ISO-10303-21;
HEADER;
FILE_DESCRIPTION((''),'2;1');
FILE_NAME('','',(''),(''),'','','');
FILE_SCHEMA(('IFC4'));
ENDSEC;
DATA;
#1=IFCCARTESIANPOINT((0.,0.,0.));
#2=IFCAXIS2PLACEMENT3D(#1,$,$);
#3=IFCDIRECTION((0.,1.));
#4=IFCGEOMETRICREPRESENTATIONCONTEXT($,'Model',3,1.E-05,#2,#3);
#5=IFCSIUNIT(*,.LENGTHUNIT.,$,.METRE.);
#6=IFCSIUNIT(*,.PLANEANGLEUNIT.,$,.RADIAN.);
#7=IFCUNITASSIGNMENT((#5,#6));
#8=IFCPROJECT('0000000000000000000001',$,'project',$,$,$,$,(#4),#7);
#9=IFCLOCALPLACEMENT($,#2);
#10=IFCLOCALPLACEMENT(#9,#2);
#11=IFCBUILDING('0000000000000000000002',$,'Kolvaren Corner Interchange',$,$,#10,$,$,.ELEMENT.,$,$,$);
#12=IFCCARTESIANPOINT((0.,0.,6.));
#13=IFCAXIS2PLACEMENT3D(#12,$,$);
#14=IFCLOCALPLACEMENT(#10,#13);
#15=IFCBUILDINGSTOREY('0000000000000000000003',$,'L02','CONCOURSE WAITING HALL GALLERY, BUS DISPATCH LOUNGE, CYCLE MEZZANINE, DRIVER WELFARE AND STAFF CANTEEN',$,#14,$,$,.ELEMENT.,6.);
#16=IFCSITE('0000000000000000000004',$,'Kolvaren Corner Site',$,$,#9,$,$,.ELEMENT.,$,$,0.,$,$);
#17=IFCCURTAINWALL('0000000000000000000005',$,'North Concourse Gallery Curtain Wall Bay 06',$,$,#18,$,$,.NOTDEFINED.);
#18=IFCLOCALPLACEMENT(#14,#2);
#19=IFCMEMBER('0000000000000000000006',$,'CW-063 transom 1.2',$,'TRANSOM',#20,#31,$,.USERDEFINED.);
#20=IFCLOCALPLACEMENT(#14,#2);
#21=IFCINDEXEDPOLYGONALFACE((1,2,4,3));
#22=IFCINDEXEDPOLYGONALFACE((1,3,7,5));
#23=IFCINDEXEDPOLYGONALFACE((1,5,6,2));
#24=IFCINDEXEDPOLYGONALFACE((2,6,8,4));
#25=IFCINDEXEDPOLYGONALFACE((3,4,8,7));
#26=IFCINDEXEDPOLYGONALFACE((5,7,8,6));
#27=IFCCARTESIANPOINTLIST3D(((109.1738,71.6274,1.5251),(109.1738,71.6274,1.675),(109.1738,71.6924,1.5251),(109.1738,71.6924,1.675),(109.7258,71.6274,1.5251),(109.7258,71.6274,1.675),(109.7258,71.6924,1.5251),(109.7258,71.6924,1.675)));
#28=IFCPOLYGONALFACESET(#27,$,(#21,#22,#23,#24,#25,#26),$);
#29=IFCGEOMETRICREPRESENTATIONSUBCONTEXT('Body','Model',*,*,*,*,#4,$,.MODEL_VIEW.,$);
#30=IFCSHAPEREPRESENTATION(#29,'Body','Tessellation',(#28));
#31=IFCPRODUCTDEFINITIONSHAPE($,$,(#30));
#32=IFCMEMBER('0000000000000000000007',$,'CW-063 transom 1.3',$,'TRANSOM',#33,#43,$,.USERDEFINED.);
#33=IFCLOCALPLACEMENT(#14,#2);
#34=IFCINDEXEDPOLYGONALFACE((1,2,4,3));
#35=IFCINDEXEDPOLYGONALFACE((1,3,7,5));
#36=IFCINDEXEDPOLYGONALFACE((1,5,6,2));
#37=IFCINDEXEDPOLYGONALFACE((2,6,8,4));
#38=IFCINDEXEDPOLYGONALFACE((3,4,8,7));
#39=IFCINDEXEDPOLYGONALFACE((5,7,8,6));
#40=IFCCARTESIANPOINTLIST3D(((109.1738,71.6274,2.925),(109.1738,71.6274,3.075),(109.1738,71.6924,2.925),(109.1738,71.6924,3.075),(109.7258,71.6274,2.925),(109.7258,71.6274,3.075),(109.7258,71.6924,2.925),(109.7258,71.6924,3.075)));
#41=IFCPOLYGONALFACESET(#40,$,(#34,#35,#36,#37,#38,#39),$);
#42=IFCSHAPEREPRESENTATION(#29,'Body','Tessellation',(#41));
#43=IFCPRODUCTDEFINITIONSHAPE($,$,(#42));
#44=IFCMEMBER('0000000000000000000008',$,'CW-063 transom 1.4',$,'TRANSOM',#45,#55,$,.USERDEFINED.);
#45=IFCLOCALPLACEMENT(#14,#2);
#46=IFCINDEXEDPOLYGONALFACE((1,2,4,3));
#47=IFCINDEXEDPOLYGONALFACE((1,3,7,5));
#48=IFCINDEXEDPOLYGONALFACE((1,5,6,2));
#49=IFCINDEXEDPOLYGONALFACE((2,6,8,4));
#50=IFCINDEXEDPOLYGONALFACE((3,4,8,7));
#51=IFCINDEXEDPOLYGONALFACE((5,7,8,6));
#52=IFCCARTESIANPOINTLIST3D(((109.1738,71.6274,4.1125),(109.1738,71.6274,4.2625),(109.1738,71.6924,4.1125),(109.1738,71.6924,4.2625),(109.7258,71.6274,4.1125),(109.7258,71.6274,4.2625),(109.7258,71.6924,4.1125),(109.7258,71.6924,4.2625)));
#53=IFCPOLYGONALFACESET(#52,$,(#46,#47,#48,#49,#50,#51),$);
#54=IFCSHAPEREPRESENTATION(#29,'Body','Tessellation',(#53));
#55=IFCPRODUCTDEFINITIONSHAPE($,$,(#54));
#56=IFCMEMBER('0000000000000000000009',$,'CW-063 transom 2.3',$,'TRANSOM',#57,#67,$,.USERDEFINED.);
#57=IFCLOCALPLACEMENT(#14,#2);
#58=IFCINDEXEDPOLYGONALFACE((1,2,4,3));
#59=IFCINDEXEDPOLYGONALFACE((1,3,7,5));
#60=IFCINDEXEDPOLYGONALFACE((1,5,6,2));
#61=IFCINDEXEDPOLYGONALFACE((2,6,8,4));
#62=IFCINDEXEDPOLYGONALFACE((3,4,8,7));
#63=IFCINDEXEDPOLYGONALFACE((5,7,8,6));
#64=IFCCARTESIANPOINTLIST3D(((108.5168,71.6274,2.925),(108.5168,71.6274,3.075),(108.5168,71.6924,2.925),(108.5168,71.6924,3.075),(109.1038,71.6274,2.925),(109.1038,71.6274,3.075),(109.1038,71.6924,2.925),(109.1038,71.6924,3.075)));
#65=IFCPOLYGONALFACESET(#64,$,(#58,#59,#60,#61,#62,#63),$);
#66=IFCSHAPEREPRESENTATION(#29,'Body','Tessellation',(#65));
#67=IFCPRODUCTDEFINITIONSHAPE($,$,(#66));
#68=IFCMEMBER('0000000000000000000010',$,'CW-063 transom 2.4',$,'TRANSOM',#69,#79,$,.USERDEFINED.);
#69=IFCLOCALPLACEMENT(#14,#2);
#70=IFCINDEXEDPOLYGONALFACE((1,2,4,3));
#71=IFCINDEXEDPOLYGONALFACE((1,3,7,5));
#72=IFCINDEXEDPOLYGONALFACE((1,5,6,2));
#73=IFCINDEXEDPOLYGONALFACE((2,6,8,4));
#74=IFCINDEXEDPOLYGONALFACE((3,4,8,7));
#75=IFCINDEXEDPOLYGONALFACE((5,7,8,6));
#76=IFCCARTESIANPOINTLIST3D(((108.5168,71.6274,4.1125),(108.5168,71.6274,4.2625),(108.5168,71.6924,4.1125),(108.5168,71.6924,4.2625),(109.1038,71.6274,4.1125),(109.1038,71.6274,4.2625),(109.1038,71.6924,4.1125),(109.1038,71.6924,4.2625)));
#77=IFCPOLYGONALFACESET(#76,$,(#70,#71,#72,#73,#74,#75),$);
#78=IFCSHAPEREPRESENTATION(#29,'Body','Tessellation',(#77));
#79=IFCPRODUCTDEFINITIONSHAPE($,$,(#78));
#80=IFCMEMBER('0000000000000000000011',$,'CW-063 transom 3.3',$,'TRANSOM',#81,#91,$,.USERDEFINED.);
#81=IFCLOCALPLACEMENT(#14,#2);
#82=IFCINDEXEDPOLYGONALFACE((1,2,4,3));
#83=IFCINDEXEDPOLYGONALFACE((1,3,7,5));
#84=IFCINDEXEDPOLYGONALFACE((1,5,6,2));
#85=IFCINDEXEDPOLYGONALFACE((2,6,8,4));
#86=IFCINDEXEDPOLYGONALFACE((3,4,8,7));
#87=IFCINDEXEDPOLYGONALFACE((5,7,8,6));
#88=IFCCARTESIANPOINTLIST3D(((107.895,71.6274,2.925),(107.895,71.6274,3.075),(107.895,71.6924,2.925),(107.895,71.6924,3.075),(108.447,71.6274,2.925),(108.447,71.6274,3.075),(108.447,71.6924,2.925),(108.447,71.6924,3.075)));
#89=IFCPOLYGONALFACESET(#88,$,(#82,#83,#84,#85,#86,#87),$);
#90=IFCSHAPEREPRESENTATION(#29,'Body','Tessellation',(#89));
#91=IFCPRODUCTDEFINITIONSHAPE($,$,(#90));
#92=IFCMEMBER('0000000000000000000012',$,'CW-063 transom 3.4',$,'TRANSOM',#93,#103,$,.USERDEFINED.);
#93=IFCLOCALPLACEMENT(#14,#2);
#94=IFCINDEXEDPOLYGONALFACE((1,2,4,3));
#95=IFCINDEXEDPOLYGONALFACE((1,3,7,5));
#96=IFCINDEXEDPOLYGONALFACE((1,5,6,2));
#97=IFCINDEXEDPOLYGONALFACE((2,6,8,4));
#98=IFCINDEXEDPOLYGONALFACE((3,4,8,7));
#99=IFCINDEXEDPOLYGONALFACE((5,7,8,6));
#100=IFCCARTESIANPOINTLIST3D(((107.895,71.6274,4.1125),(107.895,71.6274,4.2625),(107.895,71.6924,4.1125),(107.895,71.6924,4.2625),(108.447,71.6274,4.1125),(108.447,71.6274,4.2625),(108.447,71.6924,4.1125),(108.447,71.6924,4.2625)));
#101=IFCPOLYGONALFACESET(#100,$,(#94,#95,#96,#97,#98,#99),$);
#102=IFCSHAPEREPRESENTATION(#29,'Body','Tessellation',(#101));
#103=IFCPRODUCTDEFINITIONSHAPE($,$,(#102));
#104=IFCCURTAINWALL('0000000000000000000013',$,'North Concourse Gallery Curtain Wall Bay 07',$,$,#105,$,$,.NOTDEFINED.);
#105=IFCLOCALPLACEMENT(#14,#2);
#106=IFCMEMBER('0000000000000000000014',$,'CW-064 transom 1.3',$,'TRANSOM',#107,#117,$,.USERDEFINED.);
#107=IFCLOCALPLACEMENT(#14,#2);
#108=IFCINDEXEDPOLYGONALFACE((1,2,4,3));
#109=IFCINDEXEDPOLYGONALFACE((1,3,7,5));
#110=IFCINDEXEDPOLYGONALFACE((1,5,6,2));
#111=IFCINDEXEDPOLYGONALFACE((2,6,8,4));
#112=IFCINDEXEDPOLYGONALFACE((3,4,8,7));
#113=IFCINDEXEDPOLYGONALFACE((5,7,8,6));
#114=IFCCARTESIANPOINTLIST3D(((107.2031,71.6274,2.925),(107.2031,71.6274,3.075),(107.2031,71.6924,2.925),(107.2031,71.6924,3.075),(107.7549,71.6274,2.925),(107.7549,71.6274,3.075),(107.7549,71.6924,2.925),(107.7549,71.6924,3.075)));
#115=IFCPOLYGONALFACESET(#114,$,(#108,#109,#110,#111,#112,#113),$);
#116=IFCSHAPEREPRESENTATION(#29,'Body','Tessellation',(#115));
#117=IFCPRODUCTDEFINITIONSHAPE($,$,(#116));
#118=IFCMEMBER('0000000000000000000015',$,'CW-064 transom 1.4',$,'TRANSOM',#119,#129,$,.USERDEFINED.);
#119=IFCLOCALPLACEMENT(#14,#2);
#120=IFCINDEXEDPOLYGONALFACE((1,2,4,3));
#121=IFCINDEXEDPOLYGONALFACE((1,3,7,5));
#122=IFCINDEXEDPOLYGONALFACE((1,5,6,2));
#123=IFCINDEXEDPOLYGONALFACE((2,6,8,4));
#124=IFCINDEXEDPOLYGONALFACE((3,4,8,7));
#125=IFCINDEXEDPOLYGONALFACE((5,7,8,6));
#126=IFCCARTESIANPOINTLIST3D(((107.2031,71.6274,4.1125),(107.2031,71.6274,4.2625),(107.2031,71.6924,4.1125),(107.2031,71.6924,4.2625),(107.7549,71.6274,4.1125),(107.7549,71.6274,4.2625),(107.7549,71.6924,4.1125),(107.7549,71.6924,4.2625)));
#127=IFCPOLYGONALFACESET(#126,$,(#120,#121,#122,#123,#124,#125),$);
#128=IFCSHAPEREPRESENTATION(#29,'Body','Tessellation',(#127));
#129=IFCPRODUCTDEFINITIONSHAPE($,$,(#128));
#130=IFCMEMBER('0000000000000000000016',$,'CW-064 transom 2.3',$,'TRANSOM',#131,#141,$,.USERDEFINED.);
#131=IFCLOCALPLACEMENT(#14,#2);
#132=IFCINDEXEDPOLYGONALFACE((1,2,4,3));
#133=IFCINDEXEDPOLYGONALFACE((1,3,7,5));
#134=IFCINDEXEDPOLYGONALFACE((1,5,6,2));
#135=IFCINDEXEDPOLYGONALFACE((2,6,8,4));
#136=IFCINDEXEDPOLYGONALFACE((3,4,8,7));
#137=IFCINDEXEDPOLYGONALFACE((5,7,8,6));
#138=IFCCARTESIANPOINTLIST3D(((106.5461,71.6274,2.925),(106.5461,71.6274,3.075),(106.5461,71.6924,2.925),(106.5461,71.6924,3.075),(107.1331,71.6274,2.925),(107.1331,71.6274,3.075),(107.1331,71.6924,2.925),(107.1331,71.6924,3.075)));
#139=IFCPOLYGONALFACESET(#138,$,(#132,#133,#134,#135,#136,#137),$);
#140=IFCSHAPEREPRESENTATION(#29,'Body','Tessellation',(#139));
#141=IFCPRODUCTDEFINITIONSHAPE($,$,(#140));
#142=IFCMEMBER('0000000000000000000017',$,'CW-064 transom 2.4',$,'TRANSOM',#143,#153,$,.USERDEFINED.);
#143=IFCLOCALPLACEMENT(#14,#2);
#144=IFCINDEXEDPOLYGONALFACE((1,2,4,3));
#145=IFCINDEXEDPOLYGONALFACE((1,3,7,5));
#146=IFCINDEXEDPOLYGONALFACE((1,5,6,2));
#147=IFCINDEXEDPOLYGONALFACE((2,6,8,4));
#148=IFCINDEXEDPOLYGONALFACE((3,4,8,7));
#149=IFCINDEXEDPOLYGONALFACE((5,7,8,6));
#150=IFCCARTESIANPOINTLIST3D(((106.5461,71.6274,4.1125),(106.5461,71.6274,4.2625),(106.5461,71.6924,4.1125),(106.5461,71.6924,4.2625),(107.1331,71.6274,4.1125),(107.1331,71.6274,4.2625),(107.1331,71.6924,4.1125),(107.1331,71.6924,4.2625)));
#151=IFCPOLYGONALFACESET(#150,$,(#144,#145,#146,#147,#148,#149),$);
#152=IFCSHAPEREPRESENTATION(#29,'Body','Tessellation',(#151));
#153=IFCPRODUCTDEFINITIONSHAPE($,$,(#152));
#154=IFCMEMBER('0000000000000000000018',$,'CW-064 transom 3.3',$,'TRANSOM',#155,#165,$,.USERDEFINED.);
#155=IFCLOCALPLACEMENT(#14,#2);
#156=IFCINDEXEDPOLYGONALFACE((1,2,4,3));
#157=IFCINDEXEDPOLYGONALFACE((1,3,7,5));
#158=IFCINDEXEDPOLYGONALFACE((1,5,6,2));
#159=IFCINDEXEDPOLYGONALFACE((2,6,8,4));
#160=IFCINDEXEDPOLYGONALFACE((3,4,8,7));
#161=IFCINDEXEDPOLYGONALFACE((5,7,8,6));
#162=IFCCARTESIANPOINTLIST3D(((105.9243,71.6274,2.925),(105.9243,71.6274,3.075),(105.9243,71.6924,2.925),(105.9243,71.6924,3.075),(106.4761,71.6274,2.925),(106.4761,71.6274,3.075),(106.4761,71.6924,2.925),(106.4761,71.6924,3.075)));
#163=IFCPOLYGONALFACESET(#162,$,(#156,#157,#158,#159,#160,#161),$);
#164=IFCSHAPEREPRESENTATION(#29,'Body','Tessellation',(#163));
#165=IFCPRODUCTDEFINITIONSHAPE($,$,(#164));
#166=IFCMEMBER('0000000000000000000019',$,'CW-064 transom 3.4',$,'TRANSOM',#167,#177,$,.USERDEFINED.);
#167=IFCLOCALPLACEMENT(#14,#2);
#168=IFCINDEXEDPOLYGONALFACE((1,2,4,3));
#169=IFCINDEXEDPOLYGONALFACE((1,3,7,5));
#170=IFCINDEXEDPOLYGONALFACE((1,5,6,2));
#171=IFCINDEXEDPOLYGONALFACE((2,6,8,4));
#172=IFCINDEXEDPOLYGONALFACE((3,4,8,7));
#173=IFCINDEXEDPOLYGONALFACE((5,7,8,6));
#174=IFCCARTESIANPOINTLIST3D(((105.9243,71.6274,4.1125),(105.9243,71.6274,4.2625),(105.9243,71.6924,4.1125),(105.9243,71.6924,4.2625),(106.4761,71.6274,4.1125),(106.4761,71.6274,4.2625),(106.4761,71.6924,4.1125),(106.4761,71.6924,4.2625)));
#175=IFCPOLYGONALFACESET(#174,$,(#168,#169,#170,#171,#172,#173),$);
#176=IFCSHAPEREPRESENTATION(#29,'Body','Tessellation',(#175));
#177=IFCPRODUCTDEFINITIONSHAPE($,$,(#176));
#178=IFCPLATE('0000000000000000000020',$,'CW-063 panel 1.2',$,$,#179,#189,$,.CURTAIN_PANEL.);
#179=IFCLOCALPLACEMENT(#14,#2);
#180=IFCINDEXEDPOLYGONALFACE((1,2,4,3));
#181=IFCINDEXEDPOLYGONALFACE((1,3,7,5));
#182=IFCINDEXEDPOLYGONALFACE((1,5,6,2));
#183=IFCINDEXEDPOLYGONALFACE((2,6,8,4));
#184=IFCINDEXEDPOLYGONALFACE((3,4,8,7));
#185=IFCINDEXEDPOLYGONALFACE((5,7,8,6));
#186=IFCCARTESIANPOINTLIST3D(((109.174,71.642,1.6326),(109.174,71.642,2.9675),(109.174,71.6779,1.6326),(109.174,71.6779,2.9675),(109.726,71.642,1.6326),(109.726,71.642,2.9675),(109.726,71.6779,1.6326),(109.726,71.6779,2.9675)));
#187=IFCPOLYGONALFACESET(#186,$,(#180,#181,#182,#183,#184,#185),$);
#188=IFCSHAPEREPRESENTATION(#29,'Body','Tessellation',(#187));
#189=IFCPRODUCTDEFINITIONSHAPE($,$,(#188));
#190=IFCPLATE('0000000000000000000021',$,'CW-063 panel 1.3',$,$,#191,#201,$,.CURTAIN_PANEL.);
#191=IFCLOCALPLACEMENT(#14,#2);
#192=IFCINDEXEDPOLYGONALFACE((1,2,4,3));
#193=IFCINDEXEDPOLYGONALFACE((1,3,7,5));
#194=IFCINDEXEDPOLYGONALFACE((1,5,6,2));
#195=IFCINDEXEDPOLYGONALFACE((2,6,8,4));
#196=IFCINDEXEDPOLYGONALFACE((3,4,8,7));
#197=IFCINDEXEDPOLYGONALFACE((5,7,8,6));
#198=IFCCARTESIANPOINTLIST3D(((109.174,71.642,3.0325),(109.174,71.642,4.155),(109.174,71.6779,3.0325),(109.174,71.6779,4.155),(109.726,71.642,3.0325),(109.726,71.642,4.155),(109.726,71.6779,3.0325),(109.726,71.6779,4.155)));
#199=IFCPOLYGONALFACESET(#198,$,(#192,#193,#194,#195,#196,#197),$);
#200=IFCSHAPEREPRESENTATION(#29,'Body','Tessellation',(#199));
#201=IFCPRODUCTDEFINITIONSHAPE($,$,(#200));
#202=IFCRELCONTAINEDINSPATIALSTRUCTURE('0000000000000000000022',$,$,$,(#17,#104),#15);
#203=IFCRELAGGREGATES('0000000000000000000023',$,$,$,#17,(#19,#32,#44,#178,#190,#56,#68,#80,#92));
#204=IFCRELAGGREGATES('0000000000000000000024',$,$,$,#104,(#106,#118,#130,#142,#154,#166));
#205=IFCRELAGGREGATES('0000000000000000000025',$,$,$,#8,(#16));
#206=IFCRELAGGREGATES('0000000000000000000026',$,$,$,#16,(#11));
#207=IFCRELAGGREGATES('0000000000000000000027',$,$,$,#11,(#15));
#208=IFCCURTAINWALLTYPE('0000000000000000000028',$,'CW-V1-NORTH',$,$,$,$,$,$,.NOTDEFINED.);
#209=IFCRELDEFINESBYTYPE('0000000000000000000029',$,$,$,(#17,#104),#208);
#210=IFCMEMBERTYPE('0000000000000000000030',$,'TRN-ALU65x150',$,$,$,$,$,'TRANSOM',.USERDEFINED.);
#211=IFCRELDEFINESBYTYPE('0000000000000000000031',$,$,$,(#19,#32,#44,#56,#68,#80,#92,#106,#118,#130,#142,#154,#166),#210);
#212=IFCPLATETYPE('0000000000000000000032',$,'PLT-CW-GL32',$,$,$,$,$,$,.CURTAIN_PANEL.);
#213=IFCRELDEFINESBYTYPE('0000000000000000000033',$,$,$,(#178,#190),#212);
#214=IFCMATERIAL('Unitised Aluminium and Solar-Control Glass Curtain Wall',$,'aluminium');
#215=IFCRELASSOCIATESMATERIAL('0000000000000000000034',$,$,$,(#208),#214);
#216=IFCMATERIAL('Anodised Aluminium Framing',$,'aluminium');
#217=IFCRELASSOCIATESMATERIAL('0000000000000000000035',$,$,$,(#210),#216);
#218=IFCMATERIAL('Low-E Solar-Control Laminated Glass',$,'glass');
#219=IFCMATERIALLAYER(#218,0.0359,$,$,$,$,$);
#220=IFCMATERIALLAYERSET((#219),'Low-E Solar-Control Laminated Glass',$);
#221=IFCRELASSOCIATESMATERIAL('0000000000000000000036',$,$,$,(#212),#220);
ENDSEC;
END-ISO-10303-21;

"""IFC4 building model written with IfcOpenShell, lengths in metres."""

from ifc_helpers import new_model, si_unit, direction, frame, origin, origin_2d, place, context, subcontext, project, spatial, rectangle, extrude, material, layer, layer_set, material_profile, profile_set, type_object, element, aggregate, save


model = new_model("IFC4")

# Units and contexts
model_context = context("Model", 3, precision=1e-05, world=origin(), true_north=direction((0.0, 1.0)))
body_context = subcontext(model_context, "Body", "Model", "MODEL_VIEW")
ifc_project = project(units=[si_unit("LENGTHUNIT", "METRE"), si_unit("PLANEANGLEUNIT", "RADIAN")], contexts=[model_context])

# Site, building, storey
site_placement = place(None, origin())
site = spatial("IfcSite", under=ifc_project, at=site_placement, Name="Kolvaren Corner Site", CompositionType="ELEMENT", RefElevation=0.0)
building_placement = place(site_placement, origin())
building = spatial("IfcBuilding", under=site, at=building_placement, Name="Kolvaren Corner Interchange", CompositionType="ELEMENT")
storey_placement = place(building_placement, frame((0.0, 0.0, 6.0)))
storey = spatial("IfcBuildingStorey", under=building, at=storey_placement, Name="L02", Description="CONCOURSE WAITING HALL GALLERY, BUS DISPATCH LOUNGE, CYCLE MEZZANINE, DRIVER WELFARE AND STAFF CANTEEN", CompositionType="ELEMENT", Elevation=6.0)

# Curtain walls, members
ifc_material_1 = material(Name="Unitised Aluminium and Solar-Control Glass Curtain Wall", Category="aluminium")
curtain_wall_type = type_object("IfcCurtainWallType", Name="CW-V1-NORTH", PredefinedType="NOTDEFINED", material=ifc_material_1)
curtain_wall_1_placement = place(storey_placement, origin())
curtain_wall_1 = element("IfcCurtainWall", 1, at=curtain_wall_1_placement, inside=storey, type_object=curtain_wall_type, Name="North Concourse Gallery Curtain Wall Bay 06", PredefinedType="NOTDEFINED")
ifc_material_2 = material(Name="Anodised Aluminium Framing", Category="aluminium")
ifc_material_profile = material_profile(ifc_material_2, rectangle(XDim=0.0649, YDim=0.1499, at=origin_2d()), Name="ALU 65x150")
ifc_profile_set = profile_set([ifc_material_profile], Name="Anodised Aluminium Framing")
member_type = type_object("IfcMemberType", Name="TRN-ALU65x150", ElementType="TRANSOM", PredefinedType="USERDEFINED", material=ifc_profile_set)
member_1_placement = place(storey_placement, frame((109.7258, 71.6599, 1.6001), z_axis=(-1.0, 0.0, 0.0), x_axis=(0.0, -1.0, 0.0)))
member_1 = element("IfcMember", 2, at=member_1_placement, type_object=member_type, Name="CW-063 transom 1.2", ObjectType="TRANSOM", PredefinedType="USERDEFINED", context=body_context, shape_type="SweptSolid", body=[
    extrude(rectangle(XDim=0.0649, YDim=0.1499, at=origin_2d()), origin(), (0.0, 0.0, 1.0), 0.552),
])
member_2_placement = place(storey_placement, frame((109.7258, 71.6599, 3.0), z_axis=(-1.0, 0.0, 0.0), x_axis=(0.0, -1.0, 0.0)))
member_2 = element("IfcMember", 3, at=member_2_placement, type_object=member_type, Name="CW-063 transom 1.3", ObjectType="TRANSOM", PredefinedType="USERDEFINED", context=body_context, shape_type="SweptSolid", body=[
    extrude(rectangle(XDim=0.0649, YDim=0.1499, at=origin_2d()), origin(), (0.0, 0.0, 1.0), 0.552),
])
member_3_placement = place(storey_placement, frame((109.7258, 71.6599, 4.1875), z_axis=(-1.0, 0.0, 0.0), x_axis=(0.0, -1.0, 0.0)))
member_3 = element("IfcMember", 4, at=member_3_placement, type_object=member_type, Name="CW-063 transom 1.4", ObjectType="TRANSOM", PredefinedType="USERDEFINED", context=body_context, shape_type="SweptSolid", body=[
    extrude(rectangle(XDim=0.0649, YDim=0.1499, at=origin_2d()), origin(), (0.0, 0.0, 1.0), 0.552),
])
member_4_placement = place(storey_placement, frame((109.1038, 71.6599, 3.0), z_axis=(-1.0, 0.0, 0.0), x_axis=(0.0, -1.0, 0.0)))
member_4 = element("IfcMember", 5, at=member_4_placement, type_object=member_type, Name="CW-063 transom 2.3", ObjectType="TRANSOM", PredefinedType="USERDEFINED", context=body_context, shape_type="SweptSolid", body=[
    extrude(rectangle(XDim=0.0649, YDim=0.1499, at=origin_2d()), origin(), (0.0, 0.0, 1.0), 0.5869),
])
member_5_placement = place(storey_placement, frame((109.1038, 71.6599, 4.1875), z_axis=(-1.0, 0.0, 0.0), x_axis=(0.0, -1.0, 0.0)))
member_5 = element("IfcMember", 6, at=member_5_placement, type_object=member_type, Name="CW-063 transom 2.4", ObjectType="TRANSOM", PredefinedType="USERDEFINED", context=body_context, shape_type="SweptSolid", body=[
    extrude(rectangle(XDim=0.0649, YDim=0.1499, at=origin_2d()), origin(), (0.0, 0.0, 1.0), 0.5869),
])
member_6_placement = place(storey_placement, frame((108.447, 71.6599, 3.0), z_axis=(-1.0, 0.0, 0.0), x_axis=(0.0, -1.0, 0.0)))
member_6 = element("IfcMember", 7, at=member_6_placement, type_object=member_type, Name="CW-063 transom 3.3", ObjectType="TRANSOM", PredefinedType="USERDEFINED", context=body_context, shape_type="SweptSolid", body=[
    extrude(rectangle(XDim=0.0649, YDim=0.1499, at=origin_2d()), origin(), (0.0, 0.0, 1.0), 0.552),
])
member_7_placement = place(storey_placement, frame((108.447, 71.6599, 4.1875), z_axis=(-1.0, 0.0, 0.0), x_axis=(0.0, -1.0, 0.0)))
member_7 = element("IfcMember", 8, at=member_7_placement, type_object=member_type, Name="CW-063 transom 3.4", ObjectType="TRANSOM", PredefinedType="USERDEFINED", context=body_context, shape_type="SweptSolid", body=[
    extrude(rectangle(XDim=0.0649, YDim=0.1499, at=origin_2d()), origin(), (0.0, 0.0, 1.0), 0.552),
])
curtain_wall_2_placement = place(storey_placement, origin())
curtain_wall_2 = element("IfcCurtainWall", 9, at=curtain_wall_2_placement, inside=storey, type_object=curtain_wall_type, Name="North Concourse Gallery Curtain Wall Bay 07", PredefinedType="NOTDEFINED")
member_8_placement = place(storey_placement, frame((107.7549, 71.6599, 3.0), z_axis=(-1.0, 0.0, 0.0), x_axis=(0.0, -1.0, 0.0)))
member_8 = element("IfcMember", 10, at=member_8_placement, type_object=member_type, Name="CW-064 transom 1.3", ObjectType="TRANSOM", PredefinedType="USERDEFINED", context=body_context, shape_type="SweptSolid", body=[
    extrude(rectangle(XDim=0.0649, YDim=0.1499, at=origin_2d()), origin(), (0.0, 0.0, 1.0), 0.5518),
])
member_9_placement = place(storey_placement, frame((107.7549, 71.6599, 4.1875), z_axis=(-1.0, 0.0, 0.0), x_axis=(0.0, -1.0, 0.0)))
member_9 = element("IfcMember", 11, at=member_9_placement, type_object=member_type, Name="CW-064 transom 1.4", ObjectType="TRANSOM", PredefinedType="USERDEFINED", context=body_context, shape_type="SweptSolid", body=[
    extrude(rectangle(XDim=0.0649, YDim=0.1499, at=origin_2d()), origin(), (0.0, 0.0, 1.0), 0.5518),
])
member_10_placement = place(storey_placement, frame((107.1331, 71.6599, 3.0), z_axis=(-1.0, 0.0, 0.0), x_axis=(0.0, -1.0, 0.0)))
member_10 = element("IfcMember", 12, at=member_10_placement, type_object=member_type, Name="CW-064 transom 2.3", ObjectType="TRANSOM", PredefinedType="USERDEFINED", context=body_context, shape_type="SweptSolid", body=[
    extrude(rectangle(XDim=0.0649, YDim=0.1499, at=origin_2d()), origin(), (0.0, 0.0, 1.0), 0.5869),
])
member_11_placement = place(storey_placement, frame((107.1331, 71.6599, 4.1875), z_axis=(-1.0, 0.0, 0.0), x_axis=(0.0, -1.0, 0.0)))
member_11 = element("IfcMember", 13, at=member_11_placement, type_object=member_type, Name="CW-064 transom 2.4", ObjectType="TRANSOM", PredefinedType="USERDEFINED", context=body_context, shape_type="SweptSolid", body=[
    extrude(rectangle(XDim=0.0649, YDim=0.1499, at=origin_2d()), origin(), (0.0, 0.0, 1.0), 0.5869),
])
member_12_placement = place(storey_placement, frame((106.4761, 71.6599, 3.0), z_axis=(-1.0, 0.0, 0.0), x_axis=(0.0, -1.0, 0.0)))
member_12 = element("IfcMember", 14, at=member_12_placement, type_object=member_type, Name="CW-064 transom 3.3", ObjectType="TRANSOM", PredefinedType="USERDEFINED", context=body_context, shape_type="SweptSolid", body=[
    extrude(rectangle(XDim=0.0649, YDim=0.1499, at=origin_2d()), origin(), (0.0, 0.0, 1.0), 0.5518),
])
member_13_placement = place(storey_placement, frame((106.4761, 71.6599, 4.1875), z_axis=(-1.0, 0.0, 0.0), x_axis=(0.0, -1.0, 0.0)))
member_13 = element("IfcMember", 15, at=member_13_placement, type_object=member_type, Name="CW-064 transom 3.4", ObjectType="TRANSOM", PredefinedType="USERDEFINED", context=body_context, shape_type="SweptSolid", body=[
    extrude(rectangle(XDim=0.0649, YDim=0.1499, at=origin_2d()), origin(), (0.0, 0.0, 1.0), 0.5518),
])

# Plates
ifc_material_3 = material(Name="Low-E Solar-Control Laminated Glass", Category="glass")
ifc_layer = layer(ifc_material_3, 0.0359)
ifc_layer_set = layer_set([ifc_layer], Name="Low-E Solar-Control Laminated Glass")
plate_type = type_object("IfcPlateType", Name="PLT-CW-GL32", PredefinedType="CURTAIN_PANEL", material=ifc_layer_set)
plate_1_placement = place(storey_placement, frame((109.45, 71.6599, 1.6326), z_axis=(0.0, 0.0, 1.0), x_axis=(-1.0, 0.0, 0.0)))
plate_1 = element("IfcPlate", 16, at=plate_1_placement, type_object=plate_type, Name="CW-063 panel 1.2", PredefinedType="CURTAIN_PANEL", context=body_context, shape_type="SweptSolid", body=[
    extrude(rectangle(XDim=0.552, YDim=0.0359, at=origin_2d()), origin(), (0.0, 0.0, 1.0), 1.335),
])
plate_2_placement = place(storey_placement, frame((109.45, 71.6599, 3.0325), z_axis=(0.0, 0.0, 1.0), x_axis=(-1.0, 0.0, 0.0)))
plate_2 = element("IfcPlate", 17, at=plate_2_placement, type_object=plate_type, Name="CW-063 panel 1.3", PredefinedType="CURTAIN_PANEL", context=body_context, shape_type="SweptSolid", body=[
    extrude(rectangle(XDim=0.552, YDim=0.0359, at=origin_2d()), origin(), (0.0, 0.0, 1.0), 1.1226),
])
aggregate(curtain_wall_1, [member_1, member_2, member_3, plate_1, plate_2, member_4, member_5, member_6, member_7])
aggregate(curtain_wall_2, [member_8, member_9, member_10, member_11, member_12, member_13])

save(model, "model.ifc")
